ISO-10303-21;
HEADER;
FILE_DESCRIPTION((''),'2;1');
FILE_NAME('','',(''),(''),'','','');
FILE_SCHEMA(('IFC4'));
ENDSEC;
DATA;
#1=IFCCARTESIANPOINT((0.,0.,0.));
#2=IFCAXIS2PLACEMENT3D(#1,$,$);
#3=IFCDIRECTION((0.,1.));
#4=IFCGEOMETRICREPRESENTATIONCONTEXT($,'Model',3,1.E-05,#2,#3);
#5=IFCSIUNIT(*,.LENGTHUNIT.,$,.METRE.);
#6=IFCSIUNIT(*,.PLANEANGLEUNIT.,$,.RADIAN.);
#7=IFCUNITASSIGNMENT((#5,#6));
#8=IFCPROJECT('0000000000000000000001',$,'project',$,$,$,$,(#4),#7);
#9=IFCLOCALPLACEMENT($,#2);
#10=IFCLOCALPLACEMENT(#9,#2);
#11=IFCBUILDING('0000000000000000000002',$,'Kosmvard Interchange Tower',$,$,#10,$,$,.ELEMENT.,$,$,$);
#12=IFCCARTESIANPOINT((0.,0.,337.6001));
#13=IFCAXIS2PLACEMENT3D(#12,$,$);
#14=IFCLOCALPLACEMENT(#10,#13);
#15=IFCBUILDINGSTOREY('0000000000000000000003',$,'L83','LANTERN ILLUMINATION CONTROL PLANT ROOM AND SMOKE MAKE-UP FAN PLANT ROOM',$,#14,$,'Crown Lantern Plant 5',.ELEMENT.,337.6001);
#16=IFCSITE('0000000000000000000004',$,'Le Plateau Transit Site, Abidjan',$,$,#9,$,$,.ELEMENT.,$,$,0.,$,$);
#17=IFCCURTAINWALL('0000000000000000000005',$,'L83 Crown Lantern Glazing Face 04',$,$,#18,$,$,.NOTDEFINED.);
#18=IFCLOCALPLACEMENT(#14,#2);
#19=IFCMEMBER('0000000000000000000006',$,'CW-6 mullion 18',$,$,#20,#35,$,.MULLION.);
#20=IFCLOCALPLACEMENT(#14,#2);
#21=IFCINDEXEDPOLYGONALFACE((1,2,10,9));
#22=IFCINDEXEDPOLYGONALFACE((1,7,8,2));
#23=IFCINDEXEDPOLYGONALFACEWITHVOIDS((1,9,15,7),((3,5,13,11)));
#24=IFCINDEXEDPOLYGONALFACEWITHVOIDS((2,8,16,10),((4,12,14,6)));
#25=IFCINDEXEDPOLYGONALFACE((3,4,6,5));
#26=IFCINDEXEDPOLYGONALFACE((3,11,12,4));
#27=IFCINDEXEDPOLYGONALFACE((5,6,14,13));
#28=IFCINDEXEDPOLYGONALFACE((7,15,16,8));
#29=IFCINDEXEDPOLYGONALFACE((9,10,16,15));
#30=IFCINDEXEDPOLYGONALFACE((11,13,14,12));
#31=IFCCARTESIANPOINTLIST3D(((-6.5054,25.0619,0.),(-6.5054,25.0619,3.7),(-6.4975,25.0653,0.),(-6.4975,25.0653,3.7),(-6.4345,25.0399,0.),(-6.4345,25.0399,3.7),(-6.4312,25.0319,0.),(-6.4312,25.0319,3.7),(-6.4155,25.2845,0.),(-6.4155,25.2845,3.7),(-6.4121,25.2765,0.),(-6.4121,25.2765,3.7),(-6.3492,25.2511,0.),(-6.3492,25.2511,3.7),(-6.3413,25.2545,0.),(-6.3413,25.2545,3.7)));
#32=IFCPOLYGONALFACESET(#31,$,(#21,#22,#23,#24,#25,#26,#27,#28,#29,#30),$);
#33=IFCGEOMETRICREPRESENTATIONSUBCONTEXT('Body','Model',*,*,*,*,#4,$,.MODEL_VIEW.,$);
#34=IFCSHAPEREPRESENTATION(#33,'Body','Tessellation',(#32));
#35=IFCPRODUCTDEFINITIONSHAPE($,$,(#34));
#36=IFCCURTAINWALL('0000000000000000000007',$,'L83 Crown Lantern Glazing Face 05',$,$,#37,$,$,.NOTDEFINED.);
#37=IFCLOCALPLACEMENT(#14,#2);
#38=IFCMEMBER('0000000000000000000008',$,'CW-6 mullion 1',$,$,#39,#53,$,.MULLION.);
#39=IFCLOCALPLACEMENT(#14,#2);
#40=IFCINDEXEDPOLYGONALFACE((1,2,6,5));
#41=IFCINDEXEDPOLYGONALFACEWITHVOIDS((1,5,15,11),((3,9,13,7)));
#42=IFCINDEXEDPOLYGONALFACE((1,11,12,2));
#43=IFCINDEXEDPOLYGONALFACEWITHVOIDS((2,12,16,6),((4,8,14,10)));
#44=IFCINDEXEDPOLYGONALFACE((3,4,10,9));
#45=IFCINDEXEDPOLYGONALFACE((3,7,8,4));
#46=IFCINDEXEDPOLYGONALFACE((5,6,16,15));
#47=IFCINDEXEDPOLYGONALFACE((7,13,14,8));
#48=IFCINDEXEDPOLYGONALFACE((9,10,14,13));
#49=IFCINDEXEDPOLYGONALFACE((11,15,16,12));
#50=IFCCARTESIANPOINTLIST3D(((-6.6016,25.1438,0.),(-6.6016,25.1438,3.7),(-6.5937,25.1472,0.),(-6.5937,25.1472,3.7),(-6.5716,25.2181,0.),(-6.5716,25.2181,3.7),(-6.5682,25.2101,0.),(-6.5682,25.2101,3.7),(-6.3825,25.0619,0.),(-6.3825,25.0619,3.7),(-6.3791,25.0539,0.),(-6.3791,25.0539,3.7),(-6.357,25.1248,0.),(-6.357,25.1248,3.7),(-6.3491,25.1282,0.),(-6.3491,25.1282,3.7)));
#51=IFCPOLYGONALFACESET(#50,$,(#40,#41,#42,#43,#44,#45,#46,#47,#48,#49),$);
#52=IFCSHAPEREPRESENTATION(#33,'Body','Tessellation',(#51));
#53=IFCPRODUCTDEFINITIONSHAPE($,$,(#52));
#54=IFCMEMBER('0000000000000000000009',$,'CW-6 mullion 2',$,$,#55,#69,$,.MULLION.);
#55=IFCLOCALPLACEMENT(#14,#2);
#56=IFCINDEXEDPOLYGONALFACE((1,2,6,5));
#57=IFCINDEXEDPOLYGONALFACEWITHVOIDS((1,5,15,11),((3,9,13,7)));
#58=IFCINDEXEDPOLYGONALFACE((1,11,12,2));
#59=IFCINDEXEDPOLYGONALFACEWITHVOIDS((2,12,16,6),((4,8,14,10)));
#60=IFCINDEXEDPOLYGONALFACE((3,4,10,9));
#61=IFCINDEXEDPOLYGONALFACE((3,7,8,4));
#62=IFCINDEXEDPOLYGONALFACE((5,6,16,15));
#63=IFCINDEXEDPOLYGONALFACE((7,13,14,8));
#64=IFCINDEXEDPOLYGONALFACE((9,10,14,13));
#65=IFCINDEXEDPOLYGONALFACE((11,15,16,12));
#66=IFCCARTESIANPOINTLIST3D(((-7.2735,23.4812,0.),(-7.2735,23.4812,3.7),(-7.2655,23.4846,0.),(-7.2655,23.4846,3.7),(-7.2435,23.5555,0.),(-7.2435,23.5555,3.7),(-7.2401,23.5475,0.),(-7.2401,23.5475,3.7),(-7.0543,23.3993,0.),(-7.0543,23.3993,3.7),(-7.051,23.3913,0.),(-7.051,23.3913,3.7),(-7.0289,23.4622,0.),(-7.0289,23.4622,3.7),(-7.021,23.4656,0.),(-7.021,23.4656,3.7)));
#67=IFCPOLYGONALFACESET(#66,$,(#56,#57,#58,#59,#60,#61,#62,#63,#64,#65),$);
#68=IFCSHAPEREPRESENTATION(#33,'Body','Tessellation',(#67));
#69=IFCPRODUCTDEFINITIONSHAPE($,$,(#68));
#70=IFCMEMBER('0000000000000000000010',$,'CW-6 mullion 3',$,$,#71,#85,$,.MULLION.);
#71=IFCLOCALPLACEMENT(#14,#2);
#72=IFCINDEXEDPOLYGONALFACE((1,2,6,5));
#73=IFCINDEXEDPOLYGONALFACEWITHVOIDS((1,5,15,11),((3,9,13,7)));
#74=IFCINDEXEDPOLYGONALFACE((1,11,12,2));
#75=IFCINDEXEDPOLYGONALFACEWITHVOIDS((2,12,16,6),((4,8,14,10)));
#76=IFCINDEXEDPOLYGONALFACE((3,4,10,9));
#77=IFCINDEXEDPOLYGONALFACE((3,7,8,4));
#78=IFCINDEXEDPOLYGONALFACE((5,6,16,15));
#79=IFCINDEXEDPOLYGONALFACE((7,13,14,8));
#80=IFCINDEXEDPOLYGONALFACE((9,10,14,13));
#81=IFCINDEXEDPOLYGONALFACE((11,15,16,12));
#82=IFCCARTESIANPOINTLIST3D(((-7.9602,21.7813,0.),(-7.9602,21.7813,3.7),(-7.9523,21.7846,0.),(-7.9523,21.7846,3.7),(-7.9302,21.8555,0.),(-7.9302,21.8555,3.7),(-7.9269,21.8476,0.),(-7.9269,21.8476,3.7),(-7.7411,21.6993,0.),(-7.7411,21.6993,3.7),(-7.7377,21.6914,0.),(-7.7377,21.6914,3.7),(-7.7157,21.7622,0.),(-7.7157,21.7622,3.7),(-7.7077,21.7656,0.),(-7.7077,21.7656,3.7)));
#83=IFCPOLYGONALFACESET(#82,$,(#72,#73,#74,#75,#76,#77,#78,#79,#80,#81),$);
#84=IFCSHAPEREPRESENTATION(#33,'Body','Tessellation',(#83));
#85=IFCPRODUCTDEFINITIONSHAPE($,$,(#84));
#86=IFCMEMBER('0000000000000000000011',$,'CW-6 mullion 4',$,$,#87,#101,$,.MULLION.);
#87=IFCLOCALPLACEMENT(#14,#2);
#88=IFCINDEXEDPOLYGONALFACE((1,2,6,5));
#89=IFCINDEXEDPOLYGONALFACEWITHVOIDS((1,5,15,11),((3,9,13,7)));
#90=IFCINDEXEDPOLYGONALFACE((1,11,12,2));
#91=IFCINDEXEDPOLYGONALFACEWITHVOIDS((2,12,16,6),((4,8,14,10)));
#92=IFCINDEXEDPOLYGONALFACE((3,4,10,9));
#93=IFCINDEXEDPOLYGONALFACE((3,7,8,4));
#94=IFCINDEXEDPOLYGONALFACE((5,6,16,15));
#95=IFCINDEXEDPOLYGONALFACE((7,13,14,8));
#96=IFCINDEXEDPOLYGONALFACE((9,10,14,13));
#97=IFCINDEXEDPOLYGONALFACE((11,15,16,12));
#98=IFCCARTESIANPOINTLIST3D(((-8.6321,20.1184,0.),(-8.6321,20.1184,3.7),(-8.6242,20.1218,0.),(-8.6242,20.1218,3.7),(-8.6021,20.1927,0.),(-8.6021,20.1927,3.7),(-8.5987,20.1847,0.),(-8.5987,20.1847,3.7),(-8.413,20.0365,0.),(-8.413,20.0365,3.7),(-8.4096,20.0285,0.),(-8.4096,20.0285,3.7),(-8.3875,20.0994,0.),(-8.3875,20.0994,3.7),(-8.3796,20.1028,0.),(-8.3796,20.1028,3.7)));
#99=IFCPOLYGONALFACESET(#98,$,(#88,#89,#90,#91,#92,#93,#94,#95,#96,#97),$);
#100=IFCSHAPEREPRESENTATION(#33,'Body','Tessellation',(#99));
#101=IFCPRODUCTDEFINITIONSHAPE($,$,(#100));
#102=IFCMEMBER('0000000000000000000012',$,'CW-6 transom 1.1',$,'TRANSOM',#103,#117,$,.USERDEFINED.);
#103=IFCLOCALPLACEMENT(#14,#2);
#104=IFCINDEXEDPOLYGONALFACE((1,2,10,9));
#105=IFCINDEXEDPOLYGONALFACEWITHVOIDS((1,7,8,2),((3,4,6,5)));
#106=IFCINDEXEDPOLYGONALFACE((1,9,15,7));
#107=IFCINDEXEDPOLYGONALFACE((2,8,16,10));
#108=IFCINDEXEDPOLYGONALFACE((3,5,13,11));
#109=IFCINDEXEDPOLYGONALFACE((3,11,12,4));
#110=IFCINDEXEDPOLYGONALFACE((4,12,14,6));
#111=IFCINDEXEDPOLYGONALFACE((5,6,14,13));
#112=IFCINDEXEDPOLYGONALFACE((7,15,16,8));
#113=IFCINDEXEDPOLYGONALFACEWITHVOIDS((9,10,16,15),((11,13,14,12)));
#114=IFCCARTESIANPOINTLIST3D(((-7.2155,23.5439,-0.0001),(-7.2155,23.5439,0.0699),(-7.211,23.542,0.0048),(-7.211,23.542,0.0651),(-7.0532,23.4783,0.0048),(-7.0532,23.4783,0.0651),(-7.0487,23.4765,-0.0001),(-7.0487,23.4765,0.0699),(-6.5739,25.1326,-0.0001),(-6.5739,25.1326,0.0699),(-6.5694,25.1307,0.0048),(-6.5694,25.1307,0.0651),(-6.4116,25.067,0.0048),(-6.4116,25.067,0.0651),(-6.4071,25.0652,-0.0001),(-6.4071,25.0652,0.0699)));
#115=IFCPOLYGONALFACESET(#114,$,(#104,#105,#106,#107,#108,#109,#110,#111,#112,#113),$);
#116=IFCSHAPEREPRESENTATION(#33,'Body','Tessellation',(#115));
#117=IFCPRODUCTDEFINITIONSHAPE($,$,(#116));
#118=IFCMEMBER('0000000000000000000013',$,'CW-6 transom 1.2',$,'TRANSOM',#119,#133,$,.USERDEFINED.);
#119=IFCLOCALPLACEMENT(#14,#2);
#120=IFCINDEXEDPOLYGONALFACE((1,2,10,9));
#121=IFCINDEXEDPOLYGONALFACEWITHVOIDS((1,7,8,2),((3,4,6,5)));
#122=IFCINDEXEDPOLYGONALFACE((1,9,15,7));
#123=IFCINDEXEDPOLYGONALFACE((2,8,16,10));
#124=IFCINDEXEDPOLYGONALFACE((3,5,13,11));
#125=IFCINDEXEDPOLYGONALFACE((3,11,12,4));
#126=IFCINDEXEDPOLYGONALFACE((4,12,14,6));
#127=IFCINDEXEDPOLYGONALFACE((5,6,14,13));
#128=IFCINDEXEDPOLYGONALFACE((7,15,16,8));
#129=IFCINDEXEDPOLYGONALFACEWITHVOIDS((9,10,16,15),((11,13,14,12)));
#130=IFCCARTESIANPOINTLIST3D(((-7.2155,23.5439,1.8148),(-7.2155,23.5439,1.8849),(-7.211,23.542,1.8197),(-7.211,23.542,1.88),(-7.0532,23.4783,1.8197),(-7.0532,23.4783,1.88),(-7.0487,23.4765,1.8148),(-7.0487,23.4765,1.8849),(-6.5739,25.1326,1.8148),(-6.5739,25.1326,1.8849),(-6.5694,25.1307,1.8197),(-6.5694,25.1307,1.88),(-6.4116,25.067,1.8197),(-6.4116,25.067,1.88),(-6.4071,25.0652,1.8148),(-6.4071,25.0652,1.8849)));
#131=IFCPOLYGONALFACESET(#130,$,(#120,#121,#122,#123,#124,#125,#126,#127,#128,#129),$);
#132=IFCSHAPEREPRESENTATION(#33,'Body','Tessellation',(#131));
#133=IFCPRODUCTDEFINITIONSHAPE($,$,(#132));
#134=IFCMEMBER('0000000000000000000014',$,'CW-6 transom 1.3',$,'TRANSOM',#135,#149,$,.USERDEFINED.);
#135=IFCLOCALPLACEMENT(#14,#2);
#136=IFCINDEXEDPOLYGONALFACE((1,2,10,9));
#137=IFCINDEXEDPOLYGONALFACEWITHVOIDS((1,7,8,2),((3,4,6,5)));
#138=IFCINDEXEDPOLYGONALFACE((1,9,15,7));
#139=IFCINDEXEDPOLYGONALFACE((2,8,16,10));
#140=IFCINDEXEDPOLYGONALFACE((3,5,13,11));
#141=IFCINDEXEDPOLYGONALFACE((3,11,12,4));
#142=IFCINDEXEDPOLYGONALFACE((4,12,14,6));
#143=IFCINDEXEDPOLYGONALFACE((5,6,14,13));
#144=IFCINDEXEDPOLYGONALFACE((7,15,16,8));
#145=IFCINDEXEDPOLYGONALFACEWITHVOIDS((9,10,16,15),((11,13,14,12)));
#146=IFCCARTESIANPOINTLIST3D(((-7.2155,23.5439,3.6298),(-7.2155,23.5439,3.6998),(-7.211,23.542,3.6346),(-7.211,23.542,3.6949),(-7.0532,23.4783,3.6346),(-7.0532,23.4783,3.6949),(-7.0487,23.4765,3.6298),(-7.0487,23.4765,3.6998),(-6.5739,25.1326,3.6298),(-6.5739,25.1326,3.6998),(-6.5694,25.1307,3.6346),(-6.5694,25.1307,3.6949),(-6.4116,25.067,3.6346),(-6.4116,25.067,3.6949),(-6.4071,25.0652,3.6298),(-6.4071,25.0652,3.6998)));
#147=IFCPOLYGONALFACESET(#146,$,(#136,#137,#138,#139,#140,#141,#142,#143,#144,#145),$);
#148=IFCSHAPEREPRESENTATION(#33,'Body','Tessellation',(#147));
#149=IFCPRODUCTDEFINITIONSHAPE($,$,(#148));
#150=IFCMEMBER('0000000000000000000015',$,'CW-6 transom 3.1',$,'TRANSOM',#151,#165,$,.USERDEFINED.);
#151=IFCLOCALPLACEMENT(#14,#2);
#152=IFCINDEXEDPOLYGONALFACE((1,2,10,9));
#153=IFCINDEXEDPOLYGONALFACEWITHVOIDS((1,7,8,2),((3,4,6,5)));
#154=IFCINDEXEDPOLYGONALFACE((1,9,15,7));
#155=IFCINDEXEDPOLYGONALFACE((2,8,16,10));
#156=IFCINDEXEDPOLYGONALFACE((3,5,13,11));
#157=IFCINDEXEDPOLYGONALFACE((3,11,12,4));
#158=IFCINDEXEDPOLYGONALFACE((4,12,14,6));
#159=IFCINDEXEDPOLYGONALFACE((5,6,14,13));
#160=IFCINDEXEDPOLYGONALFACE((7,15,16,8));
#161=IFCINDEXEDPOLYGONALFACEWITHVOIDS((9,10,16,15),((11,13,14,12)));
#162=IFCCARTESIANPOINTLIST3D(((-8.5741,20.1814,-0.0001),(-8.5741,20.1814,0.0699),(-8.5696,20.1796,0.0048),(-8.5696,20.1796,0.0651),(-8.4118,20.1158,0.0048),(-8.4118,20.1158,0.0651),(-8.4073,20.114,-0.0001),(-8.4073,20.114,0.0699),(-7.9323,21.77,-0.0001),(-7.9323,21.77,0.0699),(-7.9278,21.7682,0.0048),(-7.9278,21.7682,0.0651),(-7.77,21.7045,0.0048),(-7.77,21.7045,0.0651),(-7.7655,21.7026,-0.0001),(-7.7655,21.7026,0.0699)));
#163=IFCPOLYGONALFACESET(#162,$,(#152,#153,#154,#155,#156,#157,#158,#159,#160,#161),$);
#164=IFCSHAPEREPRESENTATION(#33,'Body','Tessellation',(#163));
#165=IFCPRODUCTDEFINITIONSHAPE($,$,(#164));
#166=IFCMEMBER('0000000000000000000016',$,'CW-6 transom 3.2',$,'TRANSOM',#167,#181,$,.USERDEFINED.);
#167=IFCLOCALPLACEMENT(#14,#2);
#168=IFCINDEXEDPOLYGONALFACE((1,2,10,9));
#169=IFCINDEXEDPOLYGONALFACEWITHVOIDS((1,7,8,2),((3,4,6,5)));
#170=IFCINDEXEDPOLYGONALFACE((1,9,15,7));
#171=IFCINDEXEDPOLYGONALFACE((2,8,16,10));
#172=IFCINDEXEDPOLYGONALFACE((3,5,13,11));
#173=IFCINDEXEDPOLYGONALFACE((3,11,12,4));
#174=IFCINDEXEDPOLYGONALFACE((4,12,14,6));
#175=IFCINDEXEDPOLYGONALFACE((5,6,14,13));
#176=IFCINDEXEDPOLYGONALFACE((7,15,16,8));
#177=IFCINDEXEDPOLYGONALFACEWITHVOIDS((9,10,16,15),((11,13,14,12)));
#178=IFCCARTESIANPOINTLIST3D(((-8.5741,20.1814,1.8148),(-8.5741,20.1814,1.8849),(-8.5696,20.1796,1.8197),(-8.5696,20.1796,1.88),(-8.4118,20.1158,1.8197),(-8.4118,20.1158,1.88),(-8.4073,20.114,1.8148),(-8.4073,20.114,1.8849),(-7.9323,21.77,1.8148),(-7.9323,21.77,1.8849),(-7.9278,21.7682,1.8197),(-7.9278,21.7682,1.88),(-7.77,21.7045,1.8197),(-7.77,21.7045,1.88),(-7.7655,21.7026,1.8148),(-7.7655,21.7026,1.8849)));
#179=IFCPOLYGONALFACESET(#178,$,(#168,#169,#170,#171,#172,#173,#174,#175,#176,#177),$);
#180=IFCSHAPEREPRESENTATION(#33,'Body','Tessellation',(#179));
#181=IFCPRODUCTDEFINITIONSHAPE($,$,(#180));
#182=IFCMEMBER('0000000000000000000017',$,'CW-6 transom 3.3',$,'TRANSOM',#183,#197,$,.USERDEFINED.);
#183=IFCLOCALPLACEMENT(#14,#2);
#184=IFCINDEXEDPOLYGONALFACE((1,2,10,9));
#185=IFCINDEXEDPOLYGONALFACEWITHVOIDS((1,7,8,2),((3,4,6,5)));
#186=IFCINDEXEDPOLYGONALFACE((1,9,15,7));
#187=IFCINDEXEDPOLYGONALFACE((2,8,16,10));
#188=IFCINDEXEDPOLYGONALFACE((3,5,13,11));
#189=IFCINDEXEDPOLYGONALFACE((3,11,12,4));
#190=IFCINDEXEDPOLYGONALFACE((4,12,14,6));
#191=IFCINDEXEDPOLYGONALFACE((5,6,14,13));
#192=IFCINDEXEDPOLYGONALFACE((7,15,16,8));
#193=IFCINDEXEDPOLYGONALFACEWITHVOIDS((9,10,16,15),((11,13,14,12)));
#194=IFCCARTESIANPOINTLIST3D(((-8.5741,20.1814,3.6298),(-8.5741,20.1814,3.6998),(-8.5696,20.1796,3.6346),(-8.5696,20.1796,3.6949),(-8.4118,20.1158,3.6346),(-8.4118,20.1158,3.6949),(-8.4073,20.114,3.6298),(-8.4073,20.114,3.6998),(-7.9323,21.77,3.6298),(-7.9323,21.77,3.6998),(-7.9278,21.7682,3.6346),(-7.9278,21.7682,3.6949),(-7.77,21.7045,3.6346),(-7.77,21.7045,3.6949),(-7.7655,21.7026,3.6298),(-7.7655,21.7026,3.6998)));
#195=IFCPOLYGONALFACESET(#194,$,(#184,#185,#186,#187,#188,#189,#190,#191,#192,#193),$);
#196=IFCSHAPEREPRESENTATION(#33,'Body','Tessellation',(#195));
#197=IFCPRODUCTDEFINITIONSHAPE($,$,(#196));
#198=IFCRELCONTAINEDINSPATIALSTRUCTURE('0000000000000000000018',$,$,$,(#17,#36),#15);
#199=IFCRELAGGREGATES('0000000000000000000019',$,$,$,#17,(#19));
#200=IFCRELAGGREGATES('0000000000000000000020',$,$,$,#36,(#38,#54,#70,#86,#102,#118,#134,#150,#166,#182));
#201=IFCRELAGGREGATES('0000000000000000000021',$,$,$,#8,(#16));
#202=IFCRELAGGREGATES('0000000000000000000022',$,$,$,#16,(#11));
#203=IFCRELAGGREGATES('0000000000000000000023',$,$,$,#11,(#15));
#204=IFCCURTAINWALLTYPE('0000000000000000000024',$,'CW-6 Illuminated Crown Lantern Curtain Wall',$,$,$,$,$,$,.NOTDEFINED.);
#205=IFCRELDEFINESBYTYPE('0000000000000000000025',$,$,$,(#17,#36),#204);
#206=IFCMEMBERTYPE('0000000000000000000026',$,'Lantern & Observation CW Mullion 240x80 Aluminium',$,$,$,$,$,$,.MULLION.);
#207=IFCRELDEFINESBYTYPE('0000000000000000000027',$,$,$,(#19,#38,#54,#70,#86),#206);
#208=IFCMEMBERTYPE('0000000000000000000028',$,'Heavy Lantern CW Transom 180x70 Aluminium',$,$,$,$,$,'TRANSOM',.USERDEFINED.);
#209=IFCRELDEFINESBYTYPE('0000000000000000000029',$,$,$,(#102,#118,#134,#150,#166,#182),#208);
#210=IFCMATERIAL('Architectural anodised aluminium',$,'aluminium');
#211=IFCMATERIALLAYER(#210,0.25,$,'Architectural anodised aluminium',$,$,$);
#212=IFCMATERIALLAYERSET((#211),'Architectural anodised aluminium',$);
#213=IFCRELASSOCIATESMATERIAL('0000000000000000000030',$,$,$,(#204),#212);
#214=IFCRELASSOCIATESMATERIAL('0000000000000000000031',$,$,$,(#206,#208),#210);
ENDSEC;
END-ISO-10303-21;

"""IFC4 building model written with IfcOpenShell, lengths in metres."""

from ifc_helpers import new_model, si_unit, direction, frame, origin, origin_2d, place, context, subcontext, project, spatial, hollow_rectangle, extrude, source, transform, mapped, material, layer, layer_set, material_profile, profile_set, type_object, element, aggregate, save


model = new_model("IFC4")

# Units and contexts
model_context = context("Model", 3, precision=1e-05, world=origin(), true_north=direction((0.0, 1.0)))
body_context = subcontext(model_context, "Body", "Model", "MODEL_VIEW")
ifc_project = project(units=[si_unit("LENGTHUNIT", "METRE"), si_unit("PLANEANGLEUNIT", "RADIAN")], contexts=[model_context])

# Site, building, storey
site_placement = place(None, origin())
site = spatial("IfcSite", under=ifc_project, at=site_placement, Name="Le Plateau Transit Site, Abidjan", CompositionType="ELEMENT", RefElevation=0.0)
building_placement = place(site_placement, origin())
building = spatial("IfcBuilding", under=site, at=building_placement, Name="Kosmvard Interchange Tower", CompositionType="ELEMENT")
storey_placement = place(building_placement, frame((0.0, 0.0, 337.6001)))
storey = spatial("IfcBuildingStorey", under=building, at=storey_placement, Name="L83", Description="LANTERN ILLUMINATION CONTROL PLANT ROOM AND SMOKE MAKE-UP FAN PLANT ROOM", LongName="Crown Lantern Plant 5", CompositionType="ELEMENT", Elevation=337.6001)

# Curtain wall, member
ifc_material_1 = material(Name="Architectural anodised aluminium", Category="aluminium")
ifc_layer_1 = layer(ifc_material_1, 0.25, Name="Architectural anodised aluminium")
ifc_layer_set_1 = layer_set([ifc_layer_1], Name="Architectural anodised aluminium")
curtain_wall_type = type_object("IfcCurtainWallType", Name="CW-6 Illuminated Crown Lantern Curtain Wall", PredefinedType="NOTDEFINED", material=ifc_layer_set_1)
curtain_wall_1_placement = place(storey_placement, origin())
curtain_wall_1 = element("IfcCurtainWall", 1, at=curtain_wall_1_placement, inside=storey, type_object=curtain_wall_type, Name="L83 Crown Lantern Glazing Face 04", PredefinedType="NOTDEFINED")
ifc_material_profile_1 = material_profile(ifc_material_1, hollow_rectangle(XDim=0.24, YDim=0.0801, WallThickness=0.0061, at=origin_2d()), Name="CWM 240x80x6")
ifc_profile_set_1 = profile_set([ifc_material_profile_1], Name="Architectural anodised aluminium")
member_type_1 = type_object("IfcMemberType", Name="Lantern & Observation CW Mullion 240x80 Aluminium", PredefinedType="MULLION", material=ifc_profile_set_1)
shared_shape_1 = source(origin(), body_context, "Body", "SweptSolid", [
    extrude(hollow_rectangle(XDim=0.24, YDim=0.0801, WallThickness=0.0061, at=origin_2d()), origin(), (0.0, 0.0, 1.0), 3.7),
])
member_1_placement = place(storey_placement, frame((-6.4233, 25.1582, 0.0), z_axis=(0.0, 0.0, 1.0), x_axis=(-0.374607, -0.927184, 0.0)))
member_1 = element("IfcMember", 2, at=member_1_placement, type_object=member_type_1, Name="CW-6 mullion 18", PredefinedType="MULLION", context=body_context, shape_type="MappedRepresentation", body=[
    mapped(shared_shape_1, transform((0.0, 0.0, 0.0), scale=1.0)),
])

# Curtain wall, members
curtain_wall_2_placement = place(storey_placement, origin())
curtain_wall_2 = element("IfcCurtainWall", 3, at=curtain_wall_2_placement, inside=storey, type_object=curtain_wall_type, Name="L83 Crown Lantern Glazing Face 05", PredefinedType="NOTDEFINED")
member_2_placement = place(storey_placement, frame((-6.4753, 25.136, 0.0), z_axis=(0.0, 0.0, 1.0), x_axis=(0.927184, -0.374607, 0.0)))
member_2 = element("IfcMember", 4, at=member_2_placement, type_object=member_type_1, Name="CW-6 mullion 1", PredefinedType="MULLION", context=body_context, shape_type="MappedRepresentation", body=[
    mapped(shared_shape_1, transform((0.0, 0.0, 0.0), scale=1.0)),
])
member_3_placement = place(storey_placement, frame((-7.1472, 23.4734, 0.0), z_axis=(0.0, 0.0, 1.0), x_axis=(0.927184, -0.374607, 0.0)))
member_3 = element("IfcMember", 5, at=member_3_placement, type_object=member_type_1, Name="CW-6 mullion 2", PredefinedType="MULLION", context=body_context, shape_type="MappedRepresentation", body=[
    mapped(shared_shape_1, transform((0.0, 0.0, 0.0), scale=1.0)),
])
member_4_placement = place(storey_placement, frame((-7.834, 21.7734, 0.0), z_axis=(0.0, 0.0, 1.0), x_axis=(0.927184, -0.374607, 0.0)))
member_4 = element("IfcMember", 6, at=member_4_placement, type_object=member_type_1, Name="CW-6 mullion 3", PredefinedType="MULLION", context=body_context, shape_type="MappedRepresentation", body=[
    mapped(shared_shape_1, transform((0.0, 0.0, 0.0), scale=1.0)),
])
member_5_placement = place(storey_placement, frame((-8.5059, 20.1106, 0.0), z_axis=(0.0, 0.0, 1.0), x_axis=(0.927184, -0.374607, 0.0)))
member_5 = element("IfcMember", 7, at=member_5_placement, type_object=member_type_1, Name="CW-6 mullion 4", PredefinedType="MULLION", context=body_context, shape_type="MappedRepresentation", body=[
    mapped(shared_shape_1, transform((0.0, 0.0, 0.0), scale=1.0)),
])
ifc_material_profile_2 = material_profile(ifc_material_1, hollow_rectangle(XDim=0.1799, YDim=0.0701, WallThickness=0.0049, at=origin_2d()), Name="CWT 180x70x5")
ifc_profile_set_2 = profile_set([ifc_material_profile_2], Name="Architectural anodised aluminium")
member_type_2 = type_object("IfcMemberType", Name="Heavy Lantern CW Transom 180x70 Aluminium", ElementType="TRANSOM", PredefinedType="USERDEFINED", material=ifc_profile_set_2)
shared_shape_2 = source(origin(), body_context, "Body", "SweptSolid", [
    extrude(hollow_rectangle(XDim=0.1799, YDim=0.0701, WallThickness=0.0049, at=origin_2d()), origin(), (0.0, 0.0, 1.0), 1.7134),
])
member_6_placement = place(storey_placement, frame((-6.4905, 25.0989, 0.0349), z_axis=(-0.374484, -0.927233, 0.0), x_axis=(0.927233, -0.374484, 0.0)))
member_6 = element("IfcMember", 8, at=member_6_placement, type_object=member_type_2, Name="CW-6 transom 1.1", ObjectType="TRANSOM", PredefinedType="USERDEFINED", context=body_context, shape_type="MappedRepresentation", body=[
    mapped(shared_shape_2, transform((0.0, 0.0, 0.0), scale=1.0)),
])
member_7_placement = place(storey_placement, frame((-6.4905, 25.0989, 1.8499), z_axis=(-0.374484, -0.927233, 0.0), x_axis=(0.927233, -0.374484, 0.0)))
member_7 = element("IfcMember", 9, at=member_7_placement, type_object=member_type_2, Name="CW-6 transom 1.2", ObjectType="TRANSOM", PredefinedType="USERDEFINED", context=body_context, shape_type="MappedRepresentation", body=[
    mapped(shared_shape_2, transform((0.0, 0.0, 0.0), scale=1.0)),
])
member_8_placement = place(storey_placement, frame((-6.4905, 25.0989, 3.6648), z_axis=(-0.374484, -0.927233, 0.0), x_axis=(0.927233, -0.374484, 0.0)))
member_8 = element("IfcMember", 10, at=member_8_placement, type_object=member_type_2, Name="CW-6 transom 1.3", ObjectType="TRANSOM", PredefinedType="USERDEFINED", context=body_context, shape_type="MappedRepresentation", body=[
    mapped(shared_shape_2, transform((0.0, 0.0, 0.0), scale=1.0)),
])
member_9_placement = place(storey_placement, frame((-7.8489, 21.7363, 0.0349), z_axis=(-0.374607, -0.927184, 0.0), x_axis=(0.927184, -0.374607, 0.0)))
member_9 = element("IfcMember", 11, at=member_9_placement, type_object=member_type_2, Name="CW-6 transom 3.1", ObjectType="TRANSOM", PredefinedType="USERDEFINED", context=body_context, shape_type="MappedRepresentation", body=[
    mapped(shared_shape_2, transform((0.0, 0.0, 0.0), scale=1.0)),
])
member_10_placement = place(storey_placement, frame((-7.8489, 21.7363, 1.8499), z_axis=(-0.374607, -0.927184, 0.0), x_axis=(0.927184, -0.374607, 0.0)))
member_10 = element("IfcMember", 12, at=member_10_placement, type_object=member_type_2, Name="CW-6 transom 3.2", ObjectType="TRANSOM", PredefinedType="USERDEFINED", context=body_context, shape_type="MappedRepresentation", body=[
    mapped(shared_shape_2, transform((0.0, 0.0, 0.0), scale=1.0)),
])
member_11_placement = place(storey_placement, frame((-7.8489, 21.7363, 3.6648), z_axis=(-0.374607, -0.927184, 0.0), x_axis=(0.927184, -0.374607, 0.0)))
member_11 = element("IfcMember", 13, at=member_11_placement, type_object=member_type_2, Name="CW-6 transom 3.3", ObjectType="TRANSOM", PredefinedType="USERDEFINED", context=body_context, shape_type="MappedRepresentation", body=[
    mapped(shared_shape_2, transform((0.0, 0.0, 0.0), scale=1.0)),
])

aggregate(curtain_wall_1, [member_1])
aggregate(curtain_wall_2, [member_2, member_3, member_4, member_5, member_6, member_7, member_8, member_9, member_10, member_11])

save(model, "model.ifc")
